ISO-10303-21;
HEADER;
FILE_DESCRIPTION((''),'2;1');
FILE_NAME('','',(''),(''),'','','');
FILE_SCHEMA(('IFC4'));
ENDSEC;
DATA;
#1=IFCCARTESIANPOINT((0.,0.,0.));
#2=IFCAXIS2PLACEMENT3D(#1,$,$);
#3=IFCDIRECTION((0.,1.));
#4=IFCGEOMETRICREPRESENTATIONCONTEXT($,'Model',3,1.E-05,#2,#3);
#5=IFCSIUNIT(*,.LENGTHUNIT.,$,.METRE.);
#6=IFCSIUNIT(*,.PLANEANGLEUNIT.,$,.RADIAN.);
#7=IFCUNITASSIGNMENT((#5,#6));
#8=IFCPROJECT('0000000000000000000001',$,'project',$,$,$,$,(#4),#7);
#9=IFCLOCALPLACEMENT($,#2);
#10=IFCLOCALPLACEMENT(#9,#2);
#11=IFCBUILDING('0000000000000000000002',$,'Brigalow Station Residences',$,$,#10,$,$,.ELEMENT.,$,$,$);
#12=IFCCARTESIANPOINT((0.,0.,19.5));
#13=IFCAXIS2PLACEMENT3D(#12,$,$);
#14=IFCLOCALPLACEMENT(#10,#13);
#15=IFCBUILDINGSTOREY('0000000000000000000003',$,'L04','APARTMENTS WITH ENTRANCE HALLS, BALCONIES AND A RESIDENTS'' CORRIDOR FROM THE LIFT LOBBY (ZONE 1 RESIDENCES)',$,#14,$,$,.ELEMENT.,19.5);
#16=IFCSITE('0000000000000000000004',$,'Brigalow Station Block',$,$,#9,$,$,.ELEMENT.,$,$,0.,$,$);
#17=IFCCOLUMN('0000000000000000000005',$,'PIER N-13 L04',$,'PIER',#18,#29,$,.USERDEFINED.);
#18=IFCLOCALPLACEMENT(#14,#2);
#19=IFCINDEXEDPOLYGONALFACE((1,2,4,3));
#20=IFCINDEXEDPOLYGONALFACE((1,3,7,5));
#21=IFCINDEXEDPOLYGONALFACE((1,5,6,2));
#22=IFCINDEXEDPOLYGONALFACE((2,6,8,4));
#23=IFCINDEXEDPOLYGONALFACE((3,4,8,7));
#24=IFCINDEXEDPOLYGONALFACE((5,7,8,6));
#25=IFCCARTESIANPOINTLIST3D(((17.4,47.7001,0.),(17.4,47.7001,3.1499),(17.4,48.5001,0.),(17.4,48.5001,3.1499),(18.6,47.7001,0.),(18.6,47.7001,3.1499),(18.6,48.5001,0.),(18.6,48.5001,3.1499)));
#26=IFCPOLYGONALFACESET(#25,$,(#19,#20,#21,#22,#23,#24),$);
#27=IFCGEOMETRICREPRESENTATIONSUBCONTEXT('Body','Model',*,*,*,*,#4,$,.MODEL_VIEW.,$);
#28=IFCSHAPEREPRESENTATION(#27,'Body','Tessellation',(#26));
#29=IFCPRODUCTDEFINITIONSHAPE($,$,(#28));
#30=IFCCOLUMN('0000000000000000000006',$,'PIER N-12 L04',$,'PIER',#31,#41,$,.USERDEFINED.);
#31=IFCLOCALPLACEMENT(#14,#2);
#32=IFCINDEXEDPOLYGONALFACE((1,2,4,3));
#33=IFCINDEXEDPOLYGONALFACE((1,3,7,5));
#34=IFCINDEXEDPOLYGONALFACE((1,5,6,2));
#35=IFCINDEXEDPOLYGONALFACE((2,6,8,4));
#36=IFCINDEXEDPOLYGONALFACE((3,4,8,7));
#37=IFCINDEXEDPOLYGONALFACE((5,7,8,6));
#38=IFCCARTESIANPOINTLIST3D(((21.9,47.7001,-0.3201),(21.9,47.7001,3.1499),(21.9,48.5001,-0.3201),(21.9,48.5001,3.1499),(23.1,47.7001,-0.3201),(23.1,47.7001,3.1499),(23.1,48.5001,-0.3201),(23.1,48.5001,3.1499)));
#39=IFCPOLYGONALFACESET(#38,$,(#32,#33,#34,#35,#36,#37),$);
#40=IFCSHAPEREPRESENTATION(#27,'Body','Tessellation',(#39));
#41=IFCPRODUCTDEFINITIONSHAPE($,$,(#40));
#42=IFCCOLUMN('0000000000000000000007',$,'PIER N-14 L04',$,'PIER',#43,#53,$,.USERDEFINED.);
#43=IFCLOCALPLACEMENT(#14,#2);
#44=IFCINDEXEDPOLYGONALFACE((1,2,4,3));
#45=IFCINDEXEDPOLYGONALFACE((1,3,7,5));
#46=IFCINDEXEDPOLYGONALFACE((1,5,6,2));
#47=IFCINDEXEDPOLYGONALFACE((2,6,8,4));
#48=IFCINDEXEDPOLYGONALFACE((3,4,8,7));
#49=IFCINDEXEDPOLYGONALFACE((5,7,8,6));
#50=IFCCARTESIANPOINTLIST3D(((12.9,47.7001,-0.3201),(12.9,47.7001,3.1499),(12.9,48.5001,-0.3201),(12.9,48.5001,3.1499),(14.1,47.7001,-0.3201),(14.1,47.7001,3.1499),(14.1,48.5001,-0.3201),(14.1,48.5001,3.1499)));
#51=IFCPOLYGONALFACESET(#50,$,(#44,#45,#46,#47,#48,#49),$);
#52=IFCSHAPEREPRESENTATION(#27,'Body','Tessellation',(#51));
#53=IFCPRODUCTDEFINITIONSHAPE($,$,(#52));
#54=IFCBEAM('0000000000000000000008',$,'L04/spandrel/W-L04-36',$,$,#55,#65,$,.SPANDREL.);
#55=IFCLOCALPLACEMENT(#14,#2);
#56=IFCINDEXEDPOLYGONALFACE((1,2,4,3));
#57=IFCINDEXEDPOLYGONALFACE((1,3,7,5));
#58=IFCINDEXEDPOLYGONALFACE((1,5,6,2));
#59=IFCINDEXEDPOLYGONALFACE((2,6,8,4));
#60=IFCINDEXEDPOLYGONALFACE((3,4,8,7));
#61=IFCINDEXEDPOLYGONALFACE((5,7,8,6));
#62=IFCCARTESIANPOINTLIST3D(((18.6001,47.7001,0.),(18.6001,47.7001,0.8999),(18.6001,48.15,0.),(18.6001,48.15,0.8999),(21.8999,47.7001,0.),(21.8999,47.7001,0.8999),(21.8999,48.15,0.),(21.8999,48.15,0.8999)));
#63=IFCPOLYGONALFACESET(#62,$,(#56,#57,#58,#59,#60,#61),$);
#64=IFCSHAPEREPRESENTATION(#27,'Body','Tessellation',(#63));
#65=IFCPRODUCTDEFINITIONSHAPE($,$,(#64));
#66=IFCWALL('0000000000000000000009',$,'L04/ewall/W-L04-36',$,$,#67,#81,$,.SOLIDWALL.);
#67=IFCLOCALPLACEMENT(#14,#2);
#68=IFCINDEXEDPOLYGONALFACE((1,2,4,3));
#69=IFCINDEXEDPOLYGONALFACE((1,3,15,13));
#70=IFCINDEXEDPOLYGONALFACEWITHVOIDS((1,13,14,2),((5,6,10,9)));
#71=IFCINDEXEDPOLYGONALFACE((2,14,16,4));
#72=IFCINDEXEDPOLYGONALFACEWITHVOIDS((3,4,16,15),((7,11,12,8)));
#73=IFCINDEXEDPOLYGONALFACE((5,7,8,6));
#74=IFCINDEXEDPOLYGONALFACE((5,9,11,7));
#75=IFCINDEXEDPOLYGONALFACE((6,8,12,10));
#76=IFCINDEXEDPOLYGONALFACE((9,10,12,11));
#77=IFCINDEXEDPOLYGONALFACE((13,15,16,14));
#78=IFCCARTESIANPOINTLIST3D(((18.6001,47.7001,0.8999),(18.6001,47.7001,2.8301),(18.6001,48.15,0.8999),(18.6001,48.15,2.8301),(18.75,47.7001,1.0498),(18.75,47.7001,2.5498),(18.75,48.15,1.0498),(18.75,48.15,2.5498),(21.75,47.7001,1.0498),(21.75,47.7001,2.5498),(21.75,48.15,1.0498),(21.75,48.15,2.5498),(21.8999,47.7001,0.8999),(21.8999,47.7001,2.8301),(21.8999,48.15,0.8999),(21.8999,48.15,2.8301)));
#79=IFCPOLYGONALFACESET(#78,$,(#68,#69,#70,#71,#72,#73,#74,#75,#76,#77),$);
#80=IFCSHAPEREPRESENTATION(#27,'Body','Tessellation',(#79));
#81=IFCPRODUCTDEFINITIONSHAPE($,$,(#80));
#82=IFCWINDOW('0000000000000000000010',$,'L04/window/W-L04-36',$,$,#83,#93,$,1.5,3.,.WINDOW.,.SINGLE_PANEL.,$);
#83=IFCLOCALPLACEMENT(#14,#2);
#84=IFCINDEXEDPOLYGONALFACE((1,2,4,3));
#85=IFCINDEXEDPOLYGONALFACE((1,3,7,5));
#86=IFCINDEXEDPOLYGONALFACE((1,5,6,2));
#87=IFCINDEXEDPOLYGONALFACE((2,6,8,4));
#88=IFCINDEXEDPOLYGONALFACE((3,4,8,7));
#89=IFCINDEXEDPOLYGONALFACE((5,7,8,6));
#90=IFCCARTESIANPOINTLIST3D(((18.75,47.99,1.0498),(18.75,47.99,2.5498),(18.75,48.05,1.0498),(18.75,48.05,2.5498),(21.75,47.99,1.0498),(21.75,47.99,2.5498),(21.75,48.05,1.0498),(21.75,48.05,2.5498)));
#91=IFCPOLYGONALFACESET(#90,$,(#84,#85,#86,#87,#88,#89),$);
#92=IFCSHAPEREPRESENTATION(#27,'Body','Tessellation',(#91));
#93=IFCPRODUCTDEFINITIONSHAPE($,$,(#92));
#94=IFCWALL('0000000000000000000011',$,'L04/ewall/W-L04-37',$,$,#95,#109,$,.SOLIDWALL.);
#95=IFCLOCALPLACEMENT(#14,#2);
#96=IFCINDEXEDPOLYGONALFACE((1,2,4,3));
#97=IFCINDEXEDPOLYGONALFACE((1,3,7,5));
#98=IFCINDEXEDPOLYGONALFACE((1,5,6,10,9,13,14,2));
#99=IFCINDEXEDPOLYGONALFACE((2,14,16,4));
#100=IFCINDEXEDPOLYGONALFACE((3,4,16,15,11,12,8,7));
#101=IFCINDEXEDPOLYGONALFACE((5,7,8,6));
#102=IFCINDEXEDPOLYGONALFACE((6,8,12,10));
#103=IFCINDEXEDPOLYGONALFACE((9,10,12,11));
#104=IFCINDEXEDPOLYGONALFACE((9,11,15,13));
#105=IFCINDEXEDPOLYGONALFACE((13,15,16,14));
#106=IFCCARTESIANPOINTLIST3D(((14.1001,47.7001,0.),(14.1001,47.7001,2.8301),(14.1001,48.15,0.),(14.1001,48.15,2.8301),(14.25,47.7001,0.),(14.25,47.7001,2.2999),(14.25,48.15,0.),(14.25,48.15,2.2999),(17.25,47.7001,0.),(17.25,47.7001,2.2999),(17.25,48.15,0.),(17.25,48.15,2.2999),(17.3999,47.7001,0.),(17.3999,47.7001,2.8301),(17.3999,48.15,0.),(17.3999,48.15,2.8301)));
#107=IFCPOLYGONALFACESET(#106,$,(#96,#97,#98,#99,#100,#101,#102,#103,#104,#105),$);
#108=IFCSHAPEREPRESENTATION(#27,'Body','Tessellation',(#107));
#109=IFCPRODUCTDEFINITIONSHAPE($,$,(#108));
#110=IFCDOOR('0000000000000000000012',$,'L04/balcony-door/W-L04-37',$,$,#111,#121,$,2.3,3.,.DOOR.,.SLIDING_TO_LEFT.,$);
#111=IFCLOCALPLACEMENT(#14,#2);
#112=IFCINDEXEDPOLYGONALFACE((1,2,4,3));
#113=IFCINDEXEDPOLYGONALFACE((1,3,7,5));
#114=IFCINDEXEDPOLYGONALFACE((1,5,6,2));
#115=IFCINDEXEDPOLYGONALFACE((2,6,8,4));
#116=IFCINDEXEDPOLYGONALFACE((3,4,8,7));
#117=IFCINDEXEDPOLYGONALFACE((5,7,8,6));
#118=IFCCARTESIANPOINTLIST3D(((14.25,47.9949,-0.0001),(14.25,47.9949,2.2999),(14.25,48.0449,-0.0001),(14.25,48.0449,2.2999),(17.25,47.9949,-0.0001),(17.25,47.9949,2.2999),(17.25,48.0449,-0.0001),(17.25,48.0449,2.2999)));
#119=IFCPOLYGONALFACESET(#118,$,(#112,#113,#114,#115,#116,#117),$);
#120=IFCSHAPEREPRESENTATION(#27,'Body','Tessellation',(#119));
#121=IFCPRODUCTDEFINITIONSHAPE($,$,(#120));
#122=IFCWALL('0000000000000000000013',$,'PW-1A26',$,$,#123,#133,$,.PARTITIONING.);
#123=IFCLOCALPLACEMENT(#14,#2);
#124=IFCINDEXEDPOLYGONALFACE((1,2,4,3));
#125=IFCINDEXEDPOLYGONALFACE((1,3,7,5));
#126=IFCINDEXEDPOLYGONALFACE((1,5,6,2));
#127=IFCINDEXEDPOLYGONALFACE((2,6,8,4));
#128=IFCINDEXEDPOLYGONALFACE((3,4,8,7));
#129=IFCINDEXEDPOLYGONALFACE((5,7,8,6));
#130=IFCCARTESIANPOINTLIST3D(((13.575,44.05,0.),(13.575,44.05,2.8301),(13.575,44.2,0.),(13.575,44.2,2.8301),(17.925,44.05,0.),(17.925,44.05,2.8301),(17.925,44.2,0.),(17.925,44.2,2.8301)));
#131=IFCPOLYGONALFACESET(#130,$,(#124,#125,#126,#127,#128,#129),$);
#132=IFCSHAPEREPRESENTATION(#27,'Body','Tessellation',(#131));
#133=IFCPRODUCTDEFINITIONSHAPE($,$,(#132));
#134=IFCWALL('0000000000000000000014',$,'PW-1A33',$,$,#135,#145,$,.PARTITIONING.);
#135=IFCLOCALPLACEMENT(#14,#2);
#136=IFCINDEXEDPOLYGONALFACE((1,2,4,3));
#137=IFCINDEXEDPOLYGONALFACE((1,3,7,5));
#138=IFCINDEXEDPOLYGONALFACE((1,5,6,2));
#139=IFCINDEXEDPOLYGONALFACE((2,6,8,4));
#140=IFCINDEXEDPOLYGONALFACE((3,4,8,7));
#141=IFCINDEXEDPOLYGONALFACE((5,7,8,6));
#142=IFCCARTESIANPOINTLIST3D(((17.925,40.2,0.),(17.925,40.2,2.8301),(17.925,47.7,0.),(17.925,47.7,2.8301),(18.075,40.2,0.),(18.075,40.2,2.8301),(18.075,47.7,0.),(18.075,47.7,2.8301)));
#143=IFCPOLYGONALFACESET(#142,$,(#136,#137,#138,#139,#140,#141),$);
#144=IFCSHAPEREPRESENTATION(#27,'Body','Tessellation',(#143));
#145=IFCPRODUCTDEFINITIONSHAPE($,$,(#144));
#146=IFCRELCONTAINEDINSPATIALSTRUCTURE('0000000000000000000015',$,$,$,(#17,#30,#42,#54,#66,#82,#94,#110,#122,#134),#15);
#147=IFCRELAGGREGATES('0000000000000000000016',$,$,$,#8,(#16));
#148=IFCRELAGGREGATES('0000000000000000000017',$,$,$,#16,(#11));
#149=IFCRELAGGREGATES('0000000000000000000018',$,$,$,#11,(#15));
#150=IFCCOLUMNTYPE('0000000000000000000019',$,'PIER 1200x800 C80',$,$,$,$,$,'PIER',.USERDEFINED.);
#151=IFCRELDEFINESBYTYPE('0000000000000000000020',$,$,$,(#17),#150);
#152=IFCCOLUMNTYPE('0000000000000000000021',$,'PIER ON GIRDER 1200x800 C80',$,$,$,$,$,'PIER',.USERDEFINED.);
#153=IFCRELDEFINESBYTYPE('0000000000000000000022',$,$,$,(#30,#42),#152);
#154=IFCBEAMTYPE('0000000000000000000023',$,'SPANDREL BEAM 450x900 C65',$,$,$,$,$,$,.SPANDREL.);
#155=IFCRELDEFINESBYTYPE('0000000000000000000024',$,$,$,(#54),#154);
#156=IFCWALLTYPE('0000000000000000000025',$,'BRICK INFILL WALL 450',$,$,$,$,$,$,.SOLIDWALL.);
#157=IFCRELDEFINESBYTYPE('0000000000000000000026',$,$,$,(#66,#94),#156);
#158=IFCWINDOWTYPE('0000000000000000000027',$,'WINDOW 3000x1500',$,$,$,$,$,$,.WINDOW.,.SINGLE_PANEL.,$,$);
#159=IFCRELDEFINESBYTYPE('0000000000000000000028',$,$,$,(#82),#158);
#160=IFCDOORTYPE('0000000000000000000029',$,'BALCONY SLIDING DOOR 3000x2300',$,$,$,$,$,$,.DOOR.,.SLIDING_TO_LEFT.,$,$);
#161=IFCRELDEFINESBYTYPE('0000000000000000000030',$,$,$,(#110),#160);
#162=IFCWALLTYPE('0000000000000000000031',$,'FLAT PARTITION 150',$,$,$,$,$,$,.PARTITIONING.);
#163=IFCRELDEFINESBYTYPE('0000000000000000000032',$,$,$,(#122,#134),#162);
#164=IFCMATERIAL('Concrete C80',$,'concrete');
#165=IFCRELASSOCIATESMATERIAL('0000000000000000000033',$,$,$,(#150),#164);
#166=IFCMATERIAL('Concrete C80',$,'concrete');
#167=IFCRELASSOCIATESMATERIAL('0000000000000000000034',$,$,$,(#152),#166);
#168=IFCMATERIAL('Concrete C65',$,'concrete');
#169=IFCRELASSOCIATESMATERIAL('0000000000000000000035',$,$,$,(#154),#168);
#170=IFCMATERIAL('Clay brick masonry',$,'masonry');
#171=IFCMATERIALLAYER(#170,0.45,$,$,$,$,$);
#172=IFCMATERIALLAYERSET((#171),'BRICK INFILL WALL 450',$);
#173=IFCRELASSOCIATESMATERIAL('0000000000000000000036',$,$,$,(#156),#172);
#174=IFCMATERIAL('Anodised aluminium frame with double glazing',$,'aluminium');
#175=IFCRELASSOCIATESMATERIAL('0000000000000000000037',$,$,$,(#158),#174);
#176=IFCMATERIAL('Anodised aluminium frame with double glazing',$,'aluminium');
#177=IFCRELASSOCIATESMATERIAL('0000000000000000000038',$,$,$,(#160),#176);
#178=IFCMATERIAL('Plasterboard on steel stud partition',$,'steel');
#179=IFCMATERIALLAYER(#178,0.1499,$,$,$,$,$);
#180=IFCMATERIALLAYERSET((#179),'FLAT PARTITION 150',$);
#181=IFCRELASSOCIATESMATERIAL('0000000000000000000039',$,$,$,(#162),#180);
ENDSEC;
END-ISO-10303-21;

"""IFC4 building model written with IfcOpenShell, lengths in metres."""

from ifc_helpers import new_model, si_unit, direction, frame, frame_2d, origin, origin_2d, place, context, subcontext, project, spatial, rectangle, extrude, material, layer, layer_set, material_profile, profile_set, type_object, element, fill, save


model = new_model("IFC4")

# Units and contexts
model_context = context("Model", 3, precision=1e-05, world=origin(), true_north=direction((0.0, 1.0)))
body_context = subcontext(model_context, "Body", "Model", "MODEL_VIEW")
ifc_project = project(units=[si_unit("LENGTHUNIT", "METRE"), si_unit("PLANEANGLEUNIT", "RADIAN")], contexts=[model_context])

# Site, building, storey
site_placement = place(None, origin())
site = spatial("IfcSite", under=ifc_project, at=site_placement, Name="Brigalow Station Block", CompositionType="ELEMENT", RefElevation=0.0)
building_placement = place(site_placement, origin())
building = spatial("IfcBuilding", under=site, at=building_placement, Name="Brigalow Station Residences", CompositionType="ELEMENT")
storey_placement = place(building_placement, frame((0.0, 0.0, 19.5)))
storey = spatial("IfcBuildingStorey", under=building, at=storey_placement, Name="L04", Description="APARTMENTS WITH ENTRANCE HALLS, BALCONIES AND A RESIDENTS' CORRIDOR FROM THE LIFT LOBBY (ZONE 1 RESIDENCES)", CompositionType="ELEMENT", Elevation=19.5)

# Columns
ifc_material_1 = material(Name="Concrete C80", Category="concrete")
ifc_material_profile_1 = material_profile(ifc_material_1, rectangle(XDim=1.2, YDim=0.8, at=origin_2d()), Name="RC1200x800")
ifc_profile_set_1 = profile_set([ifc_material_profile_1], Name="Concrete C80")
column_type_1 = type_object("IfcColumnType", Name="PIER 1200x800 C80", ElementType="PIER", PredefinedType="USERDEFINED", material=ifc_profile_set_1)
column_placement = place(storey_placement, frame((18.0, 48.1001, 0.0), z_axis=(0.0, 0.0, 1.0), x_axis=(-1.0, 0.0, 0.0)))
element("IfcColumn", 1, at=column_placement, inside=storey, type_object=column_type_1, Name="PIER N-13 L04", ObjectType="PIER", PredefinedType="USERDEFINED", context=body_context, shape_type="SweptSolid", body=[
    extrude(rectangle(XDim=1.2, YDim=0.8, at=origin_2d()), origin(), (0.0, 0.0, 1.0), 3.1499),
])
ifc_material_2 = material(Name="Concrete C80", Category="concrete")
ifc_material_profile_2 = material_profile(ifc_material_2, rectangle(XDim=1.2, YDim=0.8, at=origin_2d()), Name="RC1200x800")
ifc_profile_set_2 = profile_set([ifc_material_profile_2], Name="Concrete C80")
column_type_2 = type_object("IfcColumnType", Name="PIER ON GIRDER 1200x800 C80", ElementType="PIER", PredefinedType="USERDEFINED", material=ifc_profile_set_2)
for number, where, z_axis, x_axis, name in (
    (2, (22.5, 48.1001, -0.3201), (0.0, 0.0, 1.0), (-1.0, 0.0, 0.0), "PIER N-12 L04"),
    (3, (13.5, 48.1001, -0.3201), (0.0, 0.0, 1.0), (-1.0, 0.0, 0.0), "PIER N-14 L04"),
):
    element("IfcColumn", number, at=place(storey_placement, frame(where, z_axis=z_axis, x_axis=x_axis)), inside=storey, type_object=column_type_2, Name=name, ObjectType="PIER", PredefinedType="USERDEFINED", context=body_context, shape_type="SweptSolid", body=[
        extrude(rectangle(XDim=1.2, YDim=0.8, at=origin_2d()), origin(), (0.0, 0.0, 1.0), 3.47),
    ])

# Beam
ifc_material_3 = material(Name="Concrete C65", Category="concrete")
ifc_material_profile_3 = material_profile(ifc_material_3, rectangle(XDim=0.45, YDim=0.8999, at=origin_2d()), Name="RC450x900")
ifc_profile_set_3 = profile_set([ifc_material_profile_3], Name="Concrete C65")
beam_type = type_object("IfcBeamType", Name="SPANDREL BEAM 450x900 C65", PredefinedType="SPANDREL", material=ifc_profile_set_3)
beam_placement = place(storey_placement, frame((21.8999, 47.925, 0.45), z_axis=(-1.0, 0.0, 0.0), x_axis=(0.0, -1.0, 0.0)))
element("IfcBeam", 4, at=beam_placement, inside=storey, type_object=beam_type, Name="L04/spandrel/W-L04-36", PredefinedType="SPANDREL", context=body_context, shape_type="SweptSolid", body=[
    extrude(rectangle(XDim=0.45, YDim=0.8999, at=origin_2d()), origin(), (0.0, 0.0, 1.0), 3.2998),
])

# Wall, opening, window
ifc_material_4 = material(Name="Clay brick masonry", Category="masonry")
ifc_layer_1 = layer(ifc_material_4, 0.45)
ifc_layer_set_1 = layer_set([ifc_layer_1], Name="BRICK INFILL WALL 450")
wall_type_1 = type_object("IfcWallType", Name="BRICK INFILL WALL 450", PredefinedType="SOLIDWALL", material=ifc_layer_set_1)
wall_1_placement = place(storey_placement, frame((21.8999, 47.925, 0.8999), z_axis=(0.0, 0.0, 1.0), x_axis=(-1.0, 0.0, 0.0)))
wall_1 = element("IfcWall", 5, at=wall_1_placement, inside=storey, type_object=wall_type_1, Name="L04/ewall/W-L04-36", PredefinedType="SOLIDWALL", context=body_context, shape_type="SweptSolid", body=[
    extrude(rectangle(XDim=3.2998, YDim=0.45, at=frame_2d((1.6499, 0.0))), origin(), (0.0, 0.0, 1.0), 1.9302),
])
opening_1_placement = place(wall_1_placement, frame((0.1499, 0.0, 0.1499)))
opening_1 = element("IfcOpeningElement", 6, at=opening_1_placement, cuts=wall_1, PredefinedType="OPENING", context=body_context, shape_type="SweptSolid", body=[
    extrude(rectangle(XDim=3.0, YDim=1.5, at=frame_2d((1.5, 0.75))), frame((0.0, 0.2349, 0.0), z_axis=(0.0, -1.0, 0.0), x_axis=(1.0, 0.0, 0.0)), (0.0, 0.0, 1.0), 0.47),
])
ifc_material_5 = material(Name="Anodised aluminium frame with double glazing", Category="aluminium")
window_type = type_object("IfcWindowType", Name="WINDOW 3000x1500", PartitioningType="SINGLE_PANEL", PredefinedType="WINDOW", material=ifc_material_5)
window_placement = place(opening_1_placement, origin())
window = element("IfcWindow", 7, at=window_placement, inside=storey, type_object=window_type, Name="L04/window/W-L04-36", OverallHeight=1.5, OverallWidth=3.0, PartitioningType="SINGLE_PANEL", PredefinedType="WINDOW", context=body_context, shape_type="SweptSolid", body=[
    extrude(rectangle(XDim=3.0, YDim=1.5, at=frame_2d((1.5, 0.75))), frame((0.0, -0.0649, 0.0), z_axis=(0.0, -1.0, 0.0), x_axis=(1.0, 0.0, 0.0)), (0.0, 0.0, 1.0), 0.0601),
])
fill(opening_1, window)

# Wall, opening, door
wall_2_placement = place(storey_placement, frame((17.3999, 47.925, 0.0), z_axis=(0.0, 0.0, 1.0), x_axis=(-1.0, 0.0, 0.0)))
wall_2 = element("IfcWall", 8, at=wall_2_placement, inside=storey, type_object=wall_type_1, Name="L04/ewall/W-L04-37", PredefinedType="SOLIDWALL", context=body_context, shape_type="SweptSolid", body=[
    extrude(rectangle(XDim=3.2998, YDim=0.45, at=frame_2d((1.6499, 0.0))), origin(), (0.0, 0.0, 1.0), 2.8301),
])
opening_2_placement = place(wall_2_placement, frame((0.1499, 0.0, 0.0)))
opening_2 = element("IfcOpeningElement", 9, at=opening_2_placement, cuts=wall_2, PredefinedType="OPENING", context=body_context, shape_type="SweptSolid", body=[
    extrude(rectangle(XDim=3.0, YDim=2.3, at=frame_2d((1.5, 1.1499))), frame((0.0, 0.2349, 0.0), z_axis=(0.0, -1.0, 0.0), x_axis=(1.0, 0.0, 0.0)), (0.0, 0.0, 1.0), 0.47),
])
ifc_material_6 = material(Name="Anodised aluminium frame with double glazing", Category="aluminium")
door_type_1 = type_object("IfcDoorType", Name="BALCONY SLIDING DOOR 3000x2300", OperationType="SLIDING_TO_LEFT", PredefinedType="DOOR", material=ifc_material_6)
door_1_placement = place(opening_2_placement, origin())
door_1 = element("IfcDoor", 10, at=door_1_placement, inside=storey, type_object=door_type_1, Name="L04/balcony-door/W-L04-37", OperationType="SLIDING_TO_LEFT", OverallHeight=2.3, OverallWidth=3.0, PredefinedType="DOOR", context=body_context, shape_type="SweptSolid", body=[
    extrude(rectangle(XDim=3.0, YDim=2.3, at=frame_2d((1.5, 1.1499))), frame((0.0, -0.0698, 0.0), z_axis=(0.0, -1.0, 0.0), x_axis=(1.0, 0.0, 0.0)), (0.0, 0.0, 1.0), 0.05),
])
fill(opening_2, door_1)

# Walls
ifc_material_7 = material(Name="Plasterboard on steel stud partition", Category="steel")
ifc_layer_2 = layer(ifc_material_7, 0.1499)
ifc_layer_set_2 = layer_set([ifc_layer_2], Name="FLAT PARTITION 150")
wall_type_2 = type_object("IfcWallType", Name="FLAT PARTITION 150", PredefinedType="PARTITIONING", material=ifc_layer_set_2)
wall_3_placement = place(storey_placement, frame((13.575, 44.125, 0.0), z_axis=(0.0, 0.0, 1.0), x_axis=(1.0, 0.0, 0.0)))
element("IfcWall", 11, at=wall_3_placement, inside=storey, type_object=wall_type_2, Name="PW-1A26", PredefinedType="PARTITIONING", context=body_context, shape_type="SweptSolid", body=[
    extrude(rectangle(XDim=4.3501, YDim=0.1499, at=frame_2d((2.175, 0.0))), origin(), (0.0, 0.0, 1.0), 2.8301),
])
wall_4_placement = place(storey_placement, frame((18.0, 40.2, 0.0), z_axis=(0.0, 0.0, 1.0), x_axis=(0.0, 1.0, 0.0)))
element("IfcWall", 12, at=wall_4_placement, inside=storey, type_object=wall_type_2, Name="PW-1A33", PredefinedType="PARTITIONING", context=body_context, shape_type="SweptSolid", body=[
    extrude(rectangle(XDim=7.5, YDim=0.1499, at=frame_2d((3.75, 0.0))), origin(), (0.0, 0.0, 1.0), 2.8301),
])

save(model, "model.ifc")
